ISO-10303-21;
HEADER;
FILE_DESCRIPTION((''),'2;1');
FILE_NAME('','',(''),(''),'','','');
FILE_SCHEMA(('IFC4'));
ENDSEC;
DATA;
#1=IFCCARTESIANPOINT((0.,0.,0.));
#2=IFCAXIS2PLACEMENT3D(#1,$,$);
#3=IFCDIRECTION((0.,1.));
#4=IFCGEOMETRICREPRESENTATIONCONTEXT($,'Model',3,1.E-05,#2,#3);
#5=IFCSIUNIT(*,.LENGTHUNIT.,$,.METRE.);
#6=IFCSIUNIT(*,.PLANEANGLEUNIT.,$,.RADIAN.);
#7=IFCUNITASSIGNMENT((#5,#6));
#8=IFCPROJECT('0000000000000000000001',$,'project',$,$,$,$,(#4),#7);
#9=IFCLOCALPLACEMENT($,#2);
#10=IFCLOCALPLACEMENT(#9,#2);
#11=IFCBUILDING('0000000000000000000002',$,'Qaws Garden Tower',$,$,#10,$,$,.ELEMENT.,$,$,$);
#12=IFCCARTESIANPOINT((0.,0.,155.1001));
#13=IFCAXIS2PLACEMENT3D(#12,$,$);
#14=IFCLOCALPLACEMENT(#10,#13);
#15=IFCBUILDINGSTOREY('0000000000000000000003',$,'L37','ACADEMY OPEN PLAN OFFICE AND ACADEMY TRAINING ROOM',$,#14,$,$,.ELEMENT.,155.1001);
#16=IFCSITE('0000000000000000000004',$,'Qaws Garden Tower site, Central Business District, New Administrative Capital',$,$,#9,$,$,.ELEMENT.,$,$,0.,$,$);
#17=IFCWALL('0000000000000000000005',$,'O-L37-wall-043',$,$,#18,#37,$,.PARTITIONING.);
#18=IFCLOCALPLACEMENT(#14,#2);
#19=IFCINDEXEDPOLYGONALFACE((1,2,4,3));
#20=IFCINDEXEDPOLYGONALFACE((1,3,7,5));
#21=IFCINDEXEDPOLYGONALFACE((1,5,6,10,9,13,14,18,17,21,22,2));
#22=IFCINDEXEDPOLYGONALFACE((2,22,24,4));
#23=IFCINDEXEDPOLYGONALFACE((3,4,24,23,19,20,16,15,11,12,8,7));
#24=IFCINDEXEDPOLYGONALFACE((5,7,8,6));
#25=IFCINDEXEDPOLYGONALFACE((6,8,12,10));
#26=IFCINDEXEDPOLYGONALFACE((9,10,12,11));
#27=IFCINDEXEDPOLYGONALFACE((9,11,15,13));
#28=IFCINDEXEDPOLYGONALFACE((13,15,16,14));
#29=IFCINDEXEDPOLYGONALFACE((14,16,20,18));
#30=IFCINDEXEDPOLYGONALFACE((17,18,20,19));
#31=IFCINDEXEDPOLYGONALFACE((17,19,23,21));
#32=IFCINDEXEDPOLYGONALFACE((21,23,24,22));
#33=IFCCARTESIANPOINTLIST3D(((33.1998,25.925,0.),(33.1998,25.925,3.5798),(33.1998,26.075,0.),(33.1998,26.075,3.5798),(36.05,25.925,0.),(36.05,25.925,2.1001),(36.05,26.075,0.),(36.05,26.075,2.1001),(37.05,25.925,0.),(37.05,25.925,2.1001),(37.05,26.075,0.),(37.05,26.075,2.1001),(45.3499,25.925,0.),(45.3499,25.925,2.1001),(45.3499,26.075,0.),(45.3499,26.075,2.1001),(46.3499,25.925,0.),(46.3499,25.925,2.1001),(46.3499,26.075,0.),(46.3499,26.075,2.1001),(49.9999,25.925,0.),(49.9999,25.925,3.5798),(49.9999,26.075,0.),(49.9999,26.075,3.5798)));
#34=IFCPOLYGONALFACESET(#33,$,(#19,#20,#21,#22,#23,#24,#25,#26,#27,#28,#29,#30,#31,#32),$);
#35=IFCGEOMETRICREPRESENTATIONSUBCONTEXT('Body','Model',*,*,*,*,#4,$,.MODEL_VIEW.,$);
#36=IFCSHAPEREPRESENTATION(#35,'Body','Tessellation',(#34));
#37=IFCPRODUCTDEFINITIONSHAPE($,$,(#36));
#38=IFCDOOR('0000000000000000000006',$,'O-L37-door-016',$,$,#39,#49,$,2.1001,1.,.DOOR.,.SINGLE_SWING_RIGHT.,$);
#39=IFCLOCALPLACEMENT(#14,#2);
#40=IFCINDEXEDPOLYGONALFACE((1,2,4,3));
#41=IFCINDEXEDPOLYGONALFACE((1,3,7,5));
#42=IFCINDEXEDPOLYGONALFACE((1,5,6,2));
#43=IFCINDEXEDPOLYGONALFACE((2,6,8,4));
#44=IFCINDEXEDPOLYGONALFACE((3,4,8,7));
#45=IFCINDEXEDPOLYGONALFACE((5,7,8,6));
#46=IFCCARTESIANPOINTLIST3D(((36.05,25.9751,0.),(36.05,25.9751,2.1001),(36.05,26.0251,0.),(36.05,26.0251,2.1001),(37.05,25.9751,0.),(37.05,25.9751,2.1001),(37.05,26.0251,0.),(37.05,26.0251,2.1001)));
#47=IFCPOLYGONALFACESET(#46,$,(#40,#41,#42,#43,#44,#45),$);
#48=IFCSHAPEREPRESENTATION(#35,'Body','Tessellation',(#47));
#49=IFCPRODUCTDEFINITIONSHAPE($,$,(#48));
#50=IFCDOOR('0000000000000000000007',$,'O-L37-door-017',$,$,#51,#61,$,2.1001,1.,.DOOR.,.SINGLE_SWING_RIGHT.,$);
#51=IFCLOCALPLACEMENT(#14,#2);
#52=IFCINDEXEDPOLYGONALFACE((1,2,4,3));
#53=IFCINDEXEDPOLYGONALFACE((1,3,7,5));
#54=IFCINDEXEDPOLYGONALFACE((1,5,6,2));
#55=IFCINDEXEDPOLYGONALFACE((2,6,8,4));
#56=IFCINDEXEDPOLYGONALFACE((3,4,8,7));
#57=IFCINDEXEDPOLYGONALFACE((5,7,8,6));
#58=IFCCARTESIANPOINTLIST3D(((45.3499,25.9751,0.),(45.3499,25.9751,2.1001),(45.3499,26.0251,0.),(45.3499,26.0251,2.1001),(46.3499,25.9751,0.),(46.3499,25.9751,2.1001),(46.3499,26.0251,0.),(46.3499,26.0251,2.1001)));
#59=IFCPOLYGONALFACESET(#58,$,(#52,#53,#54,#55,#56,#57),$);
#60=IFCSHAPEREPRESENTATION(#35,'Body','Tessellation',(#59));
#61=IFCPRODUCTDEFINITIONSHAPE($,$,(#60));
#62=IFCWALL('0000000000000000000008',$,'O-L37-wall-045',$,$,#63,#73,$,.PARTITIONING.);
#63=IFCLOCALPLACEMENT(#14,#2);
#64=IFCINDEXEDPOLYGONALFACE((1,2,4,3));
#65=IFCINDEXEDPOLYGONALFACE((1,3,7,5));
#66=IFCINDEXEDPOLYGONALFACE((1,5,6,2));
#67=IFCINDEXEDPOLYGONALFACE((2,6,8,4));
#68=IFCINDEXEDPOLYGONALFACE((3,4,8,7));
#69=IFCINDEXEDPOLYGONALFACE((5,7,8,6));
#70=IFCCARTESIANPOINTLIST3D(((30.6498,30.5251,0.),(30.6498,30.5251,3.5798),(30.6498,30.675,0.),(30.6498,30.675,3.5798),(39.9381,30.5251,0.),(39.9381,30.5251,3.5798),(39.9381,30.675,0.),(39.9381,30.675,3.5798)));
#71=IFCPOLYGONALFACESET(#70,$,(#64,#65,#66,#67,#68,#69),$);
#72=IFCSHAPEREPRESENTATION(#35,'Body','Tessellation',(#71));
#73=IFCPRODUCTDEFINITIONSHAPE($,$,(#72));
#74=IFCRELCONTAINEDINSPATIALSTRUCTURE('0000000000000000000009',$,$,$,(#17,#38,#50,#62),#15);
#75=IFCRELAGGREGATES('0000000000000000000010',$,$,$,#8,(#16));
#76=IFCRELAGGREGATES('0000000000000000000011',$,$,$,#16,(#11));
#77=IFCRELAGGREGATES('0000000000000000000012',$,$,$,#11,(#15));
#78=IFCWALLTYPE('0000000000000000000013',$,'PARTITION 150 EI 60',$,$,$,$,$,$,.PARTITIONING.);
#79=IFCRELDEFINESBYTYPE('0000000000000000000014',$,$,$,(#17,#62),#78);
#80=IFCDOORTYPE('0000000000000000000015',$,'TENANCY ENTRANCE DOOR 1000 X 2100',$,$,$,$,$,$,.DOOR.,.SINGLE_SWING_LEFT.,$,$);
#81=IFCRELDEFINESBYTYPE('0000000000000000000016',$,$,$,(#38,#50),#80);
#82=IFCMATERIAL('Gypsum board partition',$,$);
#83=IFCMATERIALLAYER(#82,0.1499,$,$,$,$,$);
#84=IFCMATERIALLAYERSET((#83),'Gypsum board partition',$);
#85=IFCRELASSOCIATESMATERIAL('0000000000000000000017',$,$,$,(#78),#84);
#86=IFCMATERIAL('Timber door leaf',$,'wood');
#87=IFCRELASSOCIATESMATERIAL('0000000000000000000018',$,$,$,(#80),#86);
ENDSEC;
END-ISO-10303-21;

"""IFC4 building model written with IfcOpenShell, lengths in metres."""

from ifc_helpers import new_model, si_unit, direction, frame, frame_2d, origin, place, context, subcontext, project, spatial, rectangle, extrude, material, layer, layer_set, type_object, element, fill, save


model = new_model("IFC4")

# Units and contexts
model_context = context("Model", 3, precision=1e-05, world=origin(), true_north=direction((0.0, 1.0)))
body_context = subcontext(model_context, "Body", "Model", "MODEL_VIEW")
ifc_project = project(units=[si_unit("LENGTHUNIT", "METRE"), si_unit("PLANEANGLEUNIT", "RADIAN")], contexts=[model_context])

# Site, building, storey
site_placement = place(None, origin())
site = spatial("IfcSite", under=ifc_project, at=site_placement, Name="Qaws Garden Tower site, Central Business District, New Administrative Capital", CompositionType="ELEMENT", RefElevation=0.0)
building_placement = place(site_placement, origin())
building = spatial("IfcBuilding", under=site, at=building_placement, Name="Qaws Garden Tower", CompositionType="ELEMENT")
storey_placement = place(building_placement, frame((0.0, 0.0, 155.1001)))
storey = spatial("IfcBuildingStorey", under=building, at=storey_placement, Name="L37", Description="ACADEMY OPEN PLAN OFFICE AND ACADEMY TRAINING ROOM", CompositionType="ELEMENT", Elevation=155.1001)

# Shared definitions
ifc_material_1 = material(Name="Gypsum board partition")
ifc_layer_1 = layer(ifc_material_1, 0.1499)
ifc_layer_set_1 = layer_set([ifc_layer_1], Name="Gypsum board partition")
wall_type_1 = type_object("IfcWallType", Name="PARTITION 150 EI 60", PredefinedType="PARTITIONING", material=ifc_layer_set_1)

# Shared definitions
ifc_material_2 = material(Name="Timber door leaf", Category="wood")
door_type_1 = type_object("IfcDoorType", Name="TENANCY ENTRANCE DOOR 1000 X 2100", OperationType="SINGLE_SWING_LEFT", PredefinedType="DOOR", material=ifc_material_2)

# Wall, openings, doors
wall_1_placement = place(storey_placement, frame((33.2, 26.0, 0.0), z_axis=(0.0, 0.0, 1.0), x_axis=(1.0, 0.0, 0.0)))
wall_1 = element("IfcWall", 1, at=wall_1_placement, inside=storey, type_object=wall_type_1, Name="O-L37-wall-043", PredefinedType="PARTITIONING", context=body_context, shape_type="SweptSolid", body=[
    extrude(rectangle(XDim=16.8, YDim=0.1499, at=frame_2d((8.3999, 0.0))), origin(), (0.0, 0.0, 1.0), 3.5798),
])
opening_1_placement = place(wall_1_placement, frame((2.8501, 0.0, 0.0)))
opening_1 = element("IfcOpeningElement", 2, at=opening_1_placement, cuts=wall_1, PredefinedType="OPENING", context=body_context, shape_type="SweptSolid", body=[
    extrude(rectangle(XDim=1.0, YDim=2.1001, at=frame_2d((0.5, 1.05))), frame((0.0, 0.085, 0.0), z_axis=(0.0, -1.0, 0.0), x_axis=(1.0, 0.0, 0.0)), (0.0, 0.0, 1.0), 0.1699),
])
opening_2_placement = place(wall_1_placement, frame((12.1499, 0.0, 0.0)))
opening_2 = element("IfcOpeningElement", 3, at=opening_2_placement, cuts=wall_1, PredefinedType="OPENING", context=body_context, shape_type="SweptSolid", body=[
    extrude(rectangle(XDim=1.0, YDim=2.1001, at=frame_2d((0.5, 1.05))), frame((0.0, 0.085, 0.0), z_axis=(0.0, -1.0, 0.0), x_axis=(1.0, 0.0, 0.0)), (0.0, 0.0, 1.0), 0.1699),
])
door_1_placement = place(opening_1_placement, frame((1.0, 0.0, 0.0), z_axis=(0.0, 0.0, 1.0), x_axis=(-1.0, 0.0, 0.0)))
door_1 = element("IfcDoor", 4, at=door_1_placement, inside=storey, type_object=door_type_1, Name="O-L37-door-016", OperationType="SINGLE_SWING_RIGHT", OverallHeight=2.1001, OverallWidth=1.0, PredefinedType="DOOR", context=body_context, shape_type="SweptSolid", body=[
    extrude(rectangle(XDim=1.0, YDim=2.1001, at=frame_2d((0.5, 1.05))), frame((0.0, 0.0249, 0.0), z_axis=(0.0, -1.0, 0.0), x_axis=(1.0, 0.0, 0.0)), (0.0, 0.0, 1.0), 0.05),
])
fill(opening_1, door_1)
door_2_placement = place(opening_2_placement, frame((1.0, 0.0, 0.0), z_axis=(0.0, 0.0, 1.0), x_axis=(-1.0, 0.0, 0.0)))
door_2 = element("IfcDoor", 5, at=door_2_placement, inside=storey, type_object=door_type_1, Name="O-L37-door-017", OperationType="SINGLE_SWING_RIGHT", OverallHeight=2.1001, OverallWidth=1.0, PredefinedType="DOOR", context=body_context, shape_type="SweptSolid", body=[
    extrude(rectangle(XDim=1.0, YDim=2.1001, at=frame_2d((0.5, 1.05))), frame((0.0, 0.0249, 0.0), z_axis=(0.0, -1.0, 0.0), x_axis=(1.0, 0.0, 0.0)), (0.0, 0.0, 1.0), 0.05),
])
fill(opening_2, door_2)

# Wall
wall_2_placement = place(storey_placement, frame((30.6499, 30.6001, 0.0), z_axis=(0.0, 0.0, 1.0), x_axis=(1.0, 0.0, 0.0)))
element("IfcWall", 6, at=wall_2_placement, inside=storey, type_object=wall_type_1, Name="O-L37-wall-045", PredefinedType="PARTITIONING", context=body_context, shape_type="SweptSolid", body=[
    extrude(rectangle(XDim=9.2883, YDim=0.1499, at=frame_2d((4.644, 0.0))), origin(), (0.0, 0.0, 1.0), 3.5798),
])

save(model, "model.ifc")
